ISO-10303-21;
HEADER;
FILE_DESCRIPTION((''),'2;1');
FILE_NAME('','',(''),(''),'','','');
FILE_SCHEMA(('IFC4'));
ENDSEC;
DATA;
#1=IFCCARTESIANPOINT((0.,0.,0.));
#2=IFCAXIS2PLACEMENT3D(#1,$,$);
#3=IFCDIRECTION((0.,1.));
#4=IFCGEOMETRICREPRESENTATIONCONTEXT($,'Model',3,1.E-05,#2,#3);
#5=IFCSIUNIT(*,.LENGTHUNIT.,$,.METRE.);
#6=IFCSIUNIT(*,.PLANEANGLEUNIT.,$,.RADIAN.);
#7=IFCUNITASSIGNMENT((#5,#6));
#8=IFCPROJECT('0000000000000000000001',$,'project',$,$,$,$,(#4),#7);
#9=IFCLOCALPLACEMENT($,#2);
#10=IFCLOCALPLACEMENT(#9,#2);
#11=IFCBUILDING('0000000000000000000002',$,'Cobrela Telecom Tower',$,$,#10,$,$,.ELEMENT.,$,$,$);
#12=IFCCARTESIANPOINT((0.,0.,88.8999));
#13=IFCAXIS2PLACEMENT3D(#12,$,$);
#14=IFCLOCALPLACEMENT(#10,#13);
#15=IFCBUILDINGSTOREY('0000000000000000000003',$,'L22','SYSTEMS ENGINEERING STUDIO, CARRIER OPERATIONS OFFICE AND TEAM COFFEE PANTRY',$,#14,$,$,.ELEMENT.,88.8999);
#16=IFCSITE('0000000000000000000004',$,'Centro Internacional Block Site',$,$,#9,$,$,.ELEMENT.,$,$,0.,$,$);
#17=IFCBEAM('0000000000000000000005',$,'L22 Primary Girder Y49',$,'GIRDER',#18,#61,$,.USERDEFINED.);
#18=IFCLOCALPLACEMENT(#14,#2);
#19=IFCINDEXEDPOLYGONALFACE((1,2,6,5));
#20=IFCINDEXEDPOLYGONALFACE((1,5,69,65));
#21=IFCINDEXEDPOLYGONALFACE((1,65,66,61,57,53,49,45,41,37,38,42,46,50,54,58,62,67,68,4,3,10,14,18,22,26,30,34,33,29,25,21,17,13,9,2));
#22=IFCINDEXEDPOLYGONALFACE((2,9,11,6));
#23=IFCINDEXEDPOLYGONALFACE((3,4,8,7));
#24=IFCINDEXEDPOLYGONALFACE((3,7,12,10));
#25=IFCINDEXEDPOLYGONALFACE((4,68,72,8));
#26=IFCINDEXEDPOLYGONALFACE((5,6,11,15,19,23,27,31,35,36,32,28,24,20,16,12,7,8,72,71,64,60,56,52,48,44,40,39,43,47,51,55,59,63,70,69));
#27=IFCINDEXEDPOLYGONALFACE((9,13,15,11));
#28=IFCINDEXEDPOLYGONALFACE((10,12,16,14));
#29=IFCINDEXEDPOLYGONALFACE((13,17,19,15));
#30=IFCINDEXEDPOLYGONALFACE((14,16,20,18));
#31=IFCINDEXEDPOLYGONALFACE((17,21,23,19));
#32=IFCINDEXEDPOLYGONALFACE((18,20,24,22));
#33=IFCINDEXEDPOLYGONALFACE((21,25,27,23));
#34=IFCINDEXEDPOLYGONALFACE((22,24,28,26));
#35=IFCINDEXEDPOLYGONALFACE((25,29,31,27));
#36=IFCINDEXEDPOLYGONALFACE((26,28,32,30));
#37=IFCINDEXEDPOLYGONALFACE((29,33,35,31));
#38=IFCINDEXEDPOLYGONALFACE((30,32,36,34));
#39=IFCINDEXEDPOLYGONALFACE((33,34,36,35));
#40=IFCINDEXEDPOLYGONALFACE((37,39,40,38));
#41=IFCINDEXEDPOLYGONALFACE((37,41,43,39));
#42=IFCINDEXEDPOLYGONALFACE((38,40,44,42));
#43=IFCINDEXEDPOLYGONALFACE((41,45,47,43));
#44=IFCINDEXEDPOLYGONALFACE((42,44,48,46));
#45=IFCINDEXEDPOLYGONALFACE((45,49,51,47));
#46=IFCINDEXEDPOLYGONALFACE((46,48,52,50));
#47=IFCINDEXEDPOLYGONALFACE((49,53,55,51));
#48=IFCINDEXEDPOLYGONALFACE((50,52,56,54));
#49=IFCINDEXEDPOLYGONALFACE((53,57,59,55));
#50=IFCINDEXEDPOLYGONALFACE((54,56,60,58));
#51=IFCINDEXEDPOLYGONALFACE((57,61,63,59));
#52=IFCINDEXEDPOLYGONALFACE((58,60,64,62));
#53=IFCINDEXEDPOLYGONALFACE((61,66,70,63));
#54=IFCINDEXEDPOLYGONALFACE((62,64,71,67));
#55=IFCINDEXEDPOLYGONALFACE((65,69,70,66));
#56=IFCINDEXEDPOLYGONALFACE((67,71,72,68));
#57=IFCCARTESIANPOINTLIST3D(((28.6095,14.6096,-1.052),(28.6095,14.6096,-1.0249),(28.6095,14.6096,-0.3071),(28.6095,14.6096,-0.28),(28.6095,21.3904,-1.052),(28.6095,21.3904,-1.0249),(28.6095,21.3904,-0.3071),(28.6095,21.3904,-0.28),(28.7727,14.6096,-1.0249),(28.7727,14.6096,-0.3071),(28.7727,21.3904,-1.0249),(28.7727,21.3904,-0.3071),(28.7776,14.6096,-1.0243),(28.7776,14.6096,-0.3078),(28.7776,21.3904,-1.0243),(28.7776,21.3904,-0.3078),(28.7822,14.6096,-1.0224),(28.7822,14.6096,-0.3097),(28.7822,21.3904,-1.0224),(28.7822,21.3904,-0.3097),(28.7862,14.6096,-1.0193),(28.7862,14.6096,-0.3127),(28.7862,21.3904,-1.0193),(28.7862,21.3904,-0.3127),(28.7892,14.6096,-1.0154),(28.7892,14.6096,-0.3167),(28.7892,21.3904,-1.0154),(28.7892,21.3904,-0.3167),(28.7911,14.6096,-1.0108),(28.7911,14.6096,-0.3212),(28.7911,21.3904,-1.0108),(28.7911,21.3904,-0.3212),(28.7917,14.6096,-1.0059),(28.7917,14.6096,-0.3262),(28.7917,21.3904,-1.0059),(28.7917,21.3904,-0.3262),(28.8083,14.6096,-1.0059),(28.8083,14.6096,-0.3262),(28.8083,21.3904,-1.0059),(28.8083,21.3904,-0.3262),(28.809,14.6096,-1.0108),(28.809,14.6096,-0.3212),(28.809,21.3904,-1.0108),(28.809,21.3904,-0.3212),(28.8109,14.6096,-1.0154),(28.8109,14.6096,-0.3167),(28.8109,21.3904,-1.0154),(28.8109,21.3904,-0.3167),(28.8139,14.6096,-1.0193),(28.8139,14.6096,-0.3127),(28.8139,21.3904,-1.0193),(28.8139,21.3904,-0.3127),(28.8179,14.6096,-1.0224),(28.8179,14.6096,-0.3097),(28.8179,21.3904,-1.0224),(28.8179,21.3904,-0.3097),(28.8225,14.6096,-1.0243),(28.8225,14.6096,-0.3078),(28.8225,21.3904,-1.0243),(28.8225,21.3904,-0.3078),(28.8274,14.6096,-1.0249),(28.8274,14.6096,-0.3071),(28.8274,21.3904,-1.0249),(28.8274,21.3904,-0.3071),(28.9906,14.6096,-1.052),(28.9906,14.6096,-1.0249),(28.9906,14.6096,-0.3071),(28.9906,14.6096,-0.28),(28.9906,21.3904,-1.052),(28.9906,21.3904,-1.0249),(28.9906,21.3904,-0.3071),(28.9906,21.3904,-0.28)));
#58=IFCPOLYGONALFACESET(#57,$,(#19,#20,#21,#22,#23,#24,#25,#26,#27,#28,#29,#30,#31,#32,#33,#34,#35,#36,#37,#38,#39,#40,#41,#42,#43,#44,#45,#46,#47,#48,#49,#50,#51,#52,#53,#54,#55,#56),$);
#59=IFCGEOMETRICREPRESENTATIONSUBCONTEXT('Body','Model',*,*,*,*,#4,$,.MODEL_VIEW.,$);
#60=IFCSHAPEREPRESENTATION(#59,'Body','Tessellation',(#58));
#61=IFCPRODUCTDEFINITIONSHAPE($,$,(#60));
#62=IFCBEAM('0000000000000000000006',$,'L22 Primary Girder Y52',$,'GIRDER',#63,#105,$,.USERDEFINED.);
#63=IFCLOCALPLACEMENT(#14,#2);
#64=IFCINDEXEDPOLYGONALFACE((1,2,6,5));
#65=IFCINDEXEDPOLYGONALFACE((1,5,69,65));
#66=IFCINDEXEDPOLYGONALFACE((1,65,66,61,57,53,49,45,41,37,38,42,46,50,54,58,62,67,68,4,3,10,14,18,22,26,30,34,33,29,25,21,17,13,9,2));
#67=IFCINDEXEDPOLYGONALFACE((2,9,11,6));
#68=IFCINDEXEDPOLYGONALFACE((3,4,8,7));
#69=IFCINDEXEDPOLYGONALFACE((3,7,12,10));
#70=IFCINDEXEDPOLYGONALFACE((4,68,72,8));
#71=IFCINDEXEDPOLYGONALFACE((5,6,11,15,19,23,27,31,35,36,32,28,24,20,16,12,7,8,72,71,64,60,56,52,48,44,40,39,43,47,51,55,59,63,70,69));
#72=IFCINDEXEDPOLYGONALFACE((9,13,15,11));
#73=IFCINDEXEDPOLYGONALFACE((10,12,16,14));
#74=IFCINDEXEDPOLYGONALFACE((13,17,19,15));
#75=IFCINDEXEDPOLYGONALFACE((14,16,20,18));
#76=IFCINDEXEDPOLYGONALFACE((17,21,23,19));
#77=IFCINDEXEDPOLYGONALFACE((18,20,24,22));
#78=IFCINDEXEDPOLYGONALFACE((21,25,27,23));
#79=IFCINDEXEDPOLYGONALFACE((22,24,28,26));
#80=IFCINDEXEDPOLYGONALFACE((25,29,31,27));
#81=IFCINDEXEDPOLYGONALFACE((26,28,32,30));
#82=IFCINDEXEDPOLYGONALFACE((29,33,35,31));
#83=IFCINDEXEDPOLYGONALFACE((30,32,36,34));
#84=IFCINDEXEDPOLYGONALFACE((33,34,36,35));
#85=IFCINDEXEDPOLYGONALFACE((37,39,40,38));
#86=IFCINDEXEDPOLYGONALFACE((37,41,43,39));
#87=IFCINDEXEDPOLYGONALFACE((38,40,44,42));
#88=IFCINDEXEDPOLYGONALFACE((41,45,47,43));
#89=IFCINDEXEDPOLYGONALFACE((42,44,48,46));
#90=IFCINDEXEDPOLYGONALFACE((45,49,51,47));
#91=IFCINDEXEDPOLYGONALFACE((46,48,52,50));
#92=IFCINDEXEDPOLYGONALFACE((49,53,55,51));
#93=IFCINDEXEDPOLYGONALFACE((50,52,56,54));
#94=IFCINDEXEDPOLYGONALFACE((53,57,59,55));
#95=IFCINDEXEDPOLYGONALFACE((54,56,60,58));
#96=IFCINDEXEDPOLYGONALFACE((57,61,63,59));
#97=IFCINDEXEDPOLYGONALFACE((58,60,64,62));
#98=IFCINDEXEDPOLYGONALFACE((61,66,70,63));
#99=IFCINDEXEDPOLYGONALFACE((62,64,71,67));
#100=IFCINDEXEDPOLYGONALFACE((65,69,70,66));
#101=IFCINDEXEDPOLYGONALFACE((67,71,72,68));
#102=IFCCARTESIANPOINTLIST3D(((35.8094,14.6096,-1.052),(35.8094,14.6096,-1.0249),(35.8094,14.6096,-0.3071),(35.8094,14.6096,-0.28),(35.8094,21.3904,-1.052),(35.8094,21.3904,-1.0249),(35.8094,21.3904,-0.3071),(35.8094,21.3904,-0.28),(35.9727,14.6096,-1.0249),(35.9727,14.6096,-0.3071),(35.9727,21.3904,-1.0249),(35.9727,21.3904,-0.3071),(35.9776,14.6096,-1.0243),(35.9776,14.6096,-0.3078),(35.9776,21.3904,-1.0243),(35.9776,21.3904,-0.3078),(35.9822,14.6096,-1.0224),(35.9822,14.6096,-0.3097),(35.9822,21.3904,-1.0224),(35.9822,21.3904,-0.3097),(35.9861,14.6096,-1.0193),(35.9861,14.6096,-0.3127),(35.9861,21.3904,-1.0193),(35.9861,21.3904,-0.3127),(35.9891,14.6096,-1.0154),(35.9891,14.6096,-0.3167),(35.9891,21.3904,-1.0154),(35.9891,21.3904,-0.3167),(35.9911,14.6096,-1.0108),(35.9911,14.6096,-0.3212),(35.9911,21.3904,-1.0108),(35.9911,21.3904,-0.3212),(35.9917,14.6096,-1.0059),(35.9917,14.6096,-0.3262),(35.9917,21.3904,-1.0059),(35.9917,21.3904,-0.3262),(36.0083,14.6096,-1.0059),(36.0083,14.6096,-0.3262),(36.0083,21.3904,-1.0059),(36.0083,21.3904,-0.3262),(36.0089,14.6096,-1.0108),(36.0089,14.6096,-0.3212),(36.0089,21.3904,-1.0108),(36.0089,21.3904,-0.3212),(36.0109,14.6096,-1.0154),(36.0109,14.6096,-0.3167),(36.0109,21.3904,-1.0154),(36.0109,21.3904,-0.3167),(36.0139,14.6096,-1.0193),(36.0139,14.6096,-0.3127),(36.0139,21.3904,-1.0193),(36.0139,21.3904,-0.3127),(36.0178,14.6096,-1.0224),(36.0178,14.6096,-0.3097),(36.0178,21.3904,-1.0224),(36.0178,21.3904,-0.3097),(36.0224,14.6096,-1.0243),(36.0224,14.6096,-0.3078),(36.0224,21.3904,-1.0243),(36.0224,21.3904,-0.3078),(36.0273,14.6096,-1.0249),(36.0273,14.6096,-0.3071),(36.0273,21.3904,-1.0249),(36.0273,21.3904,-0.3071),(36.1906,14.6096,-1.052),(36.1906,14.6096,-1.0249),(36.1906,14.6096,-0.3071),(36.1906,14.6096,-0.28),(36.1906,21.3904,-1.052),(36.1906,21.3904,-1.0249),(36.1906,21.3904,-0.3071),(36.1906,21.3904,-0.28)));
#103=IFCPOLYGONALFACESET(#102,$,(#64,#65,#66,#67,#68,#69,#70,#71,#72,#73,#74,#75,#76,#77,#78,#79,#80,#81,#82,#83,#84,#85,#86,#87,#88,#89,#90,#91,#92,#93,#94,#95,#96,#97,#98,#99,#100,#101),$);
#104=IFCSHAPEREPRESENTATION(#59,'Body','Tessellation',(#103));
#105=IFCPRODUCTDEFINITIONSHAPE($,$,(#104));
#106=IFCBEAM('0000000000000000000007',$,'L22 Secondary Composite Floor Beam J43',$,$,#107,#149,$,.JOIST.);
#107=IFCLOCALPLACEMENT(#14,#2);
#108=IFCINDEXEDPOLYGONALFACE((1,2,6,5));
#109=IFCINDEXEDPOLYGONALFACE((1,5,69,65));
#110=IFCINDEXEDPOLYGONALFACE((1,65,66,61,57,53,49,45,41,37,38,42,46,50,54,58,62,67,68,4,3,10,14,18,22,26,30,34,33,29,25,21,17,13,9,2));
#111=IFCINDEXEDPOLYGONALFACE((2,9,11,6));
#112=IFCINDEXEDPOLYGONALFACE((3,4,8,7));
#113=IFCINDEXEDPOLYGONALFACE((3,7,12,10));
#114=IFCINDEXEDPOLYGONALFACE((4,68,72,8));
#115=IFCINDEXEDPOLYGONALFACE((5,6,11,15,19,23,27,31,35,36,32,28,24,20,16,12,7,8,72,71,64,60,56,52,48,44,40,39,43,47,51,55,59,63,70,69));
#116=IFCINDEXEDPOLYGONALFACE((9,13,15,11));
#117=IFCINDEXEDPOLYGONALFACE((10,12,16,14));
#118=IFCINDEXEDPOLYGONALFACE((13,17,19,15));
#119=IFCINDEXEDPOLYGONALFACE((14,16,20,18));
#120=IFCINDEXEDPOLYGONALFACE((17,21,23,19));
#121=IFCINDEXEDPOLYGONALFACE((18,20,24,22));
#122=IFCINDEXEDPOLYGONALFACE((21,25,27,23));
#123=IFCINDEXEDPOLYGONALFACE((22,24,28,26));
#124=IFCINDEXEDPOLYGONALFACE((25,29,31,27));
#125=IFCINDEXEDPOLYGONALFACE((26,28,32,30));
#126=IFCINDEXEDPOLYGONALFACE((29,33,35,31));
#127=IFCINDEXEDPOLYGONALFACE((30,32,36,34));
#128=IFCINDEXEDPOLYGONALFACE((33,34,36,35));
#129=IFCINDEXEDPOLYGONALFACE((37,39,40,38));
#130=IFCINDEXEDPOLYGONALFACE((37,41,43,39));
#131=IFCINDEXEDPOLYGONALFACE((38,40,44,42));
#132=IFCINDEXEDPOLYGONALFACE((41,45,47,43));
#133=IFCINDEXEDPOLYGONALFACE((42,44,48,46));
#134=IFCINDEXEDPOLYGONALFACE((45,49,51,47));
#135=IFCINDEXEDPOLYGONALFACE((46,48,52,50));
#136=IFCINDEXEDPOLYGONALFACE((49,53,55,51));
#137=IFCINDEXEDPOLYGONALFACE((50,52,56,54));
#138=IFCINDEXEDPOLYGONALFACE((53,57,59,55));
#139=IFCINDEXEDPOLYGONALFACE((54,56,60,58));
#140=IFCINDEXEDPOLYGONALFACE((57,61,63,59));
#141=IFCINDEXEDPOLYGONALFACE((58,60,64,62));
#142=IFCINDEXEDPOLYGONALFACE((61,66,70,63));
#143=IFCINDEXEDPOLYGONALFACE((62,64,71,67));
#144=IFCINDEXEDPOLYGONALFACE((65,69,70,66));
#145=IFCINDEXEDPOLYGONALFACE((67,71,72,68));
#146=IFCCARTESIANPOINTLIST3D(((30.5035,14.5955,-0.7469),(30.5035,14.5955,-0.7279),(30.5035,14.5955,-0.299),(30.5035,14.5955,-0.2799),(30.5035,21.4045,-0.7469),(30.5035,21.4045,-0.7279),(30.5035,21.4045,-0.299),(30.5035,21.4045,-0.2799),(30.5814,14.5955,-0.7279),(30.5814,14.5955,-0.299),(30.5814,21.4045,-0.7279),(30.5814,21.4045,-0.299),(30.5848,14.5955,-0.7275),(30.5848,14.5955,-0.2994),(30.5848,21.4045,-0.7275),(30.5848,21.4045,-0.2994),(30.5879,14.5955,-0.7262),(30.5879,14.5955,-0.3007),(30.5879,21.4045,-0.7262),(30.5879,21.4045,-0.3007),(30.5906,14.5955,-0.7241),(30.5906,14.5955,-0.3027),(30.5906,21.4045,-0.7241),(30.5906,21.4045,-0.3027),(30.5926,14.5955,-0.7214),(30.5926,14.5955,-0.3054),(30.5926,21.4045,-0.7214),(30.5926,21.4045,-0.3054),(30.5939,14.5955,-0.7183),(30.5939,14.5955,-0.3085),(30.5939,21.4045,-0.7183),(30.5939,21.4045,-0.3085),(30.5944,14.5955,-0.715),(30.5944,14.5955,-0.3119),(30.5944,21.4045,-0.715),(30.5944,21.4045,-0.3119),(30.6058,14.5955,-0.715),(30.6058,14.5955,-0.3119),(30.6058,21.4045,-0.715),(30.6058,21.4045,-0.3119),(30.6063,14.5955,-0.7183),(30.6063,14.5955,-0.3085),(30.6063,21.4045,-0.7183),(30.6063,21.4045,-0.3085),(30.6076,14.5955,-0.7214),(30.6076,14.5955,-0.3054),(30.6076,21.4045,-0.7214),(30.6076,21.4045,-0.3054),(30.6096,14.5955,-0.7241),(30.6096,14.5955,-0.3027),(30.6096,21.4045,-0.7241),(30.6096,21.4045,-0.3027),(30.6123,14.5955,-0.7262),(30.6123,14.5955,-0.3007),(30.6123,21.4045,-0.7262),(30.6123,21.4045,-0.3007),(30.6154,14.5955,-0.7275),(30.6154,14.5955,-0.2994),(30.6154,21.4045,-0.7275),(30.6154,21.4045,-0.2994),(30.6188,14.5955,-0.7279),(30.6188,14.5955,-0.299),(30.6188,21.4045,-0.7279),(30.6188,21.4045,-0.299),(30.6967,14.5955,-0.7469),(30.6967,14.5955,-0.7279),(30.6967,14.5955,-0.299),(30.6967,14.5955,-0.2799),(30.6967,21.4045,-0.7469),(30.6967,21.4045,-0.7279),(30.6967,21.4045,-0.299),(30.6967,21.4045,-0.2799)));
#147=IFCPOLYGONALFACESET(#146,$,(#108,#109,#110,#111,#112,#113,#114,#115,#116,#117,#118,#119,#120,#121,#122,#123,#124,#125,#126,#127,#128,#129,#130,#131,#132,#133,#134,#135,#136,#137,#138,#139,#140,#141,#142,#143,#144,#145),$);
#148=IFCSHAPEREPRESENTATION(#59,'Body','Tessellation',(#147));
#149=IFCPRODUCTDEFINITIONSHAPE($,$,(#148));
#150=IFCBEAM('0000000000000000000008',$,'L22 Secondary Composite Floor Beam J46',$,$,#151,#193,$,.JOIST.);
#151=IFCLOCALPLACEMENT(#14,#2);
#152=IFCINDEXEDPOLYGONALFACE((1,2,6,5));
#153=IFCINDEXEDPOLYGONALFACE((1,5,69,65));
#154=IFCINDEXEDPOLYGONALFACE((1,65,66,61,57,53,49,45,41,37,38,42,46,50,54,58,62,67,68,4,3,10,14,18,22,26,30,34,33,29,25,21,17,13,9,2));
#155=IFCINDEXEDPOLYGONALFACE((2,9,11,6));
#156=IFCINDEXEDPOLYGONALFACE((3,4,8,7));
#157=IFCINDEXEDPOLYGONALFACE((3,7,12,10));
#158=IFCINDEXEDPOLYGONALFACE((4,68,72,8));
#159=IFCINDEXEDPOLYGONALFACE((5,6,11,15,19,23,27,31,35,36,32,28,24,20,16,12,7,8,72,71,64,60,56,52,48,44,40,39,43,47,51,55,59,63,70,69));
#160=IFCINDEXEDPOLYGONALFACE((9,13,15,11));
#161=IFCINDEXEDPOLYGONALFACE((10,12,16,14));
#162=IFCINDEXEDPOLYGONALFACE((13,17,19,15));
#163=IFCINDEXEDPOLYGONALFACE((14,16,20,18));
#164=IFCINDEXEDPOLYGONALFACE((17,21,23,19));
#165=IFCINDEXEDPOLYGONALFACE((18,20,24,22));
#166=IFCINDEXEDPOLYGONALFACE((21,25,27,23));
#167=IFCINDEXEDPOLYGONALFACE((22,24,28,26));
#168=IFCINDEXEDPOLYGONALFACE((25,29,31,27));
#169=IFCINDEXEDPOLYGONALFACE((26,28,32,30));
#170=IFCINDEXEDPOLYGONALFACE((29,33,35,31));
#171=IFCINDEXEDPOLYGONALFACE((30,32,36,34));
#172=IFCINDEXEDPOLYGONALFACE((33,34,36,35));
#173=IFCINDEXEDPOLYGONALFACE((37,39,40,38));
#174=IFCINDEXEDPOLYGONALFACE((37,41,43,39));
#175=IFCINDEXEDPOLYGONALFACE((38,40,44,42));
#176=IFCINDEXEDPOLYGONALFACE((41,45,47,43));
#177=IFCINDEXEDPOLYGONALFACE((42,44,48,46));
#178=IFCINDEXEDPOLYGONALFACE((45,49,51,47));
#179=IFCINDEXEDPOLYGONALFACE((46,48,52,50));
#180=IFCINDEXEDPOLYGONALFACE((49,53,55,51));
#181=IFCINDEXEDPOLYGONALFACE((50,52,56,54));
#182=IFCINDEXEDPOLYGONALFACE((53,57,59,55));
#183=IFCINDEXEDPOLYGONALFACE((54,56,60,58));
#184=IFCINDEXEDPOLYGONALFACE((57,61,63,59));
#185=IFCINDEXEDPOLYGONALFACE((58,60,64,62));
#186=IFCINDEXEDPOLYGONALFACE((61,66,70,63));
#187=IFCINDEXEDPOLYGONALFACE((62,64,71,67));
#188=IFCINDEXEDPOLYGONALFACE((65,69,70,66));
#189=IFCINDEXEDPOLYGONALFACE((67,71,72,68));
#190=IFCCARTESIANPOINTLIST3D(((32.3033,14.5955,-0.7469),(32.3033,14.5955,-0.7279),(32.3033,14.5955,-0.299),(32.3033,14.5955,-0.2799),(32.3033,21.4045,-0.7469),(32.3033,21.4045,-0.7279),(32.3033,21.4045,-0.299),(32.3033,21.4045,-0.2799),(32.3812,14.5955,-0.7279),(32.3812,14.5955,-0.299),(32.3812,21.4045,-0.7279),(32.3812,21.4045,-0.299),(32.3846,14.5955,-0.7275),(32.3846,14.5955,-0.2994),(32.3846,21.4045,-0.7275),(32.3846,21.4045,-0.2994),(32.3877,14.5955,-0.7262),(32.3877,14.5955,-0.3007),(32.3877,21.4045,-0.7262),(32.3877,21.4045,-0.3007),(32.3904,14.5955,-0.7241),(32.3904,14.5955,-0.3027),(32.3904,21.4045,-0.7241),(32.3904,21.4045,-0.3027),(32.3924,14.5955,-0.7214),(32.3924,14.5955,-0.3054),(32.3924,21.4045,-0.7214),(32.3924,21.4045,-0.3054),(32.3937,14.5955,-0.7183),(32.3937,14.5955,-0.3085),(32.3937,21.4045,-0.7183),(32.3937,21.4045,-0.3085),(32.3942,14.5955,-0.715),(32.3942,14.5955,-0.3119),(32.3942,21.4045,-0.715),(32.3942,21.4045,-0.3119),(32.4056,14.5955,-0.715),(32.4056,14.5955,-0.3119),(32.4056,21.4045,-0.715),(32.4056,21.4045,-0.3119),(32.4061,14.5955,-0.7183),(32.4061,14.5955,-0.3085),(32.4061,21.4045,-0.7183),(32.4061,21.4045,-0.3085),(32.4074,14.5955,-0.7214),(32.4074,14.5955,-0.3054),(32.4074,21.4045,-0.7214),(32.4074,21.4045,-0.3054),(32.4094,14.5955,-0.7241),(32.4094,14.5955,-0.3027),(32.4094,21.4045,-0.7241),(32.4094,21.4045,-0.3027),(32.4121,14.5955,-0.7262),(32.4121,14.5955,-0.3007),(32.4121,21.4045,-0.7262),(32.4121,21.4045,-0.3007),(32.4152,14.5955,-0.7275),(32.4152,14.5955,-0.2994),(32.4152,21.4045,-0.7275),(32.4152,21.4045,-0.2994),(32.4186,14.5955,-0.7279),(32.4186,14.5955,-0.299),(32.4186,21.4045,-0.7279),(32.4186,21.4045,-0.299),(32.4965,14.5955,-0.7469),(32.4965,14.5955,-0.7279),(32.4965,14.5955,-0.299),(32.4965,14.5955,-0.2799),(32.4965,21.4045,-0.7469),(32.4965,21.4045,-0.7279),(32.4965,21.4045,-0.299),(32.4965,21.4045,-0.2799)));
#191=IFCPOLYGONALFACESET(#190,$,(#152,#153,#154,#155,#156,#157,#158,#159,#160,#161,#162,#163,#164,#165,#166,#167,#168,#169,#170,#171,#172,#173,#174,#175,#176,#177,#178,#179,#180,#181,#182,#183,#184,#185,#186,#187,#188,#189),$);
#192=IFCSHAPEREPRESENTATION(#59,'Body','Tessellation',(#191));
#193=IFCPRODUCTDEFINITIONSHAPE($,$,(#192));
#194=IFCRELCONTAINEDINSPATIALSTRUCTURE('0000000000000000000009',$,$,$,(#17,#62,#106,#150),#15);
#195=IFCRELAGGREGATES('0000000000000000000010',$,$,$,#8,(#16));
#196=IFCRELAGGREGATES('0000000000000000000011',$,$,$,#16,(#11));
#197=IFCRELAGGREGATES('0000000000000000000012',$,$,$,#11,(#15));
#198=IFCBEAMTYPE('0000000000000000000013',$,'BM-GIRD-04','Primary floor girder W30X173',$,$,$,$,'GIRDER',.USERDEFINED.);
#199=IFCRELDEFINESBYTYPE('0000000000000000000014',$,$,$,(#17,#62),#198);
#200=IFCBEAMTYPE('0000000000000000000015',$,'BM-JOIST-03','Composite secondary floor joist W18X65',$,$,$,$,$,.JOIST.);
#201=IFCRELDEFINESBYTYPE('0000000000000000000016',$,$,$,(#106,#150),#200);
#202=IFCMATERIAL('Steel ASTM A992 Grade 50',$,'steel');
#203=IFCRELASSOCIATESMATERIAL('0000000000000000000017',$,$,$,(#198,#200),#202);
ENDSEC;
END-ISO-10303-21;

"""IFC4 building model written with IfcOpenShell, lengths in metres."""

from ifc_helpers import new_model, si_unit, direction, frame, origin, origin_2d, place, context, subcontext, project, spatial, i_section, extrude, material, material_profile, profile_set, type_object, element, save


model = new_model("IFC4")

# Units and contexts
model_context = context("Model", 3, precision=1e-05, world=origin(), true_north=direction((0.0, 1.0)))
body_context = subcontext(model_context, "Body", "Model", "MODEL_VIEW")
ifc_project = project(units=[si_unit("LENGTHUNIT", "METRE"), si_unit("PLANEANGLEUNIT", "RADIAN")], contexts=[model_context])

# Site, building, storey
site_placement = place(None, origin())
site = spatial("IfcSite", under=ifc_project, at=site_placement, Name="Centro Internacional Block Site", CompositionType="ELEMENT", RefElevation=0.0)
building_placement = place(site_placement, origin())
building = spatial("IfcBuilding", under=site, at=building_placement, Name="Cobrela Telecom Tower", CompositionType="ELEMENT")
storey_placement = place(building_placement, frame((0.0, 0.0, 88.8999)))
storey = spatial("IfcBuildingStorey", under=building, at=storey_placement, Name="L22", Description="SYSTEMS ENGINEERING STUDIO, CARRIER OPERATIONS OFFICE AND TEAM COFFEE PANTRY", CompositionType="ELEMENT", Elevation=88.8999)

# Shared definitions
ifc_material_1 = material(Name="Steel ASTM A992 Grade 50", Category="steel")

# Beams
ifc_material_profile_1 = material_profile(ifc_material_1, i_section(OverallWidth=0.3811, OverallDepth=0.772, WebThickness=0.0166, FlangeThickness=0.0271, FilletRadius=0.019, at=origin_2d()), Name="W30X173")
ifc_profile_set_1 = profile_set([ifc_material_profile_1], Name="Steel ASTM A992 Grade 50")
beam_type_1 = type_object("IfcBeamType", Name="BM-GIRD-04", Description="Primary floor girder W30X173", ElementType="GIRDER", PredefinedType="USERDEFINED", material=ifc_profile_set_1)
for number, where, z_axis, x_axis, name in (
    (1, (28.8, 14.6096, -0.666), (0.0, 1.0, 0.0), (-1.0, 0.0, 0.0), "L22 Primary Girder Y49"),
    (2, (36.0, 14.6096, -0.666), (0.0, 1.0, 0.0), (-1.0, 0.0, 0.0), "L22 Primary Girder Y52"),
):
    element("IfcBeam", number, at=place(storey_placement, frame(where, z_axis=z_axis, x_axis=x_axis)), inside=storey, type_object=beam_type_1, Name=name, ObjectType="GIRDER", PredefinedType="USERDEFINED", context=body_context, shape_type="SweptSolid", body=[
        extrude(i_section(OverallWidth=0.3811, OverallDepth=0.772, WebThickness=0.0166, FlangeThickness=0.0271, FilletRadius=0.019, at=origin_2d()), origin(), (0.0, 0.0, 1.0), 6.7808),
    ])
ifc_material_profile_2 = material_profile(ifc_material_1, i_section(OverallWidth=0.1931, OverallDepth=0.467, WebThickness=0.0115, FlangeThickness=0.019, FilletRadius=0.0129, at=origin_2d()), Name="W18X65")
ifc_profile_set_2 = profile_set([ifc_material_profile_2], Name="Steel ASTM A992 Grade 50")
beam_type_2 = type_object("IfcBeamType", Name="BM-JOIST-03", Description="Composite secondary floor joist W18X65", PredefinedType="JOIST", material=ifc_profile_set_2)
for number, where, z_axis, x_axis, name in (
    (3, (30.6001, 14.5955, -0.5134), (0.0, 1.0, 0.0), (-1.0, 0.0, 0.0), "L22 Secondary Composite Floor Beam J43"),
    (4, (32.3999, 14.5955, -0.5134), (0.0, 1.0, 0.0), (-1.0, 0.0, 0.0), "L22 Secondary Composite Floor Beam J46"),
):
    element("IfcBeam", number, at=place(storey_placement, frame(where, z_axis=z_axis, x_axis=x_axis)), inside=storey, type_object=beam_type_2, Name=name, PredefinedType="JOIST", context=body_context, shape_type="SweptSolid", body=[
        extrude(i_section(OverallWidth=0.1931, OverallDepth=0.467, WebThickness=0.0115, FlangeThickness=0.019, FilletRadius=0.0129, at=origin_2d()), origin(), (0.0, 0.0, 1.0), 6.8091),
    ])

save(model, "model.ifc")
